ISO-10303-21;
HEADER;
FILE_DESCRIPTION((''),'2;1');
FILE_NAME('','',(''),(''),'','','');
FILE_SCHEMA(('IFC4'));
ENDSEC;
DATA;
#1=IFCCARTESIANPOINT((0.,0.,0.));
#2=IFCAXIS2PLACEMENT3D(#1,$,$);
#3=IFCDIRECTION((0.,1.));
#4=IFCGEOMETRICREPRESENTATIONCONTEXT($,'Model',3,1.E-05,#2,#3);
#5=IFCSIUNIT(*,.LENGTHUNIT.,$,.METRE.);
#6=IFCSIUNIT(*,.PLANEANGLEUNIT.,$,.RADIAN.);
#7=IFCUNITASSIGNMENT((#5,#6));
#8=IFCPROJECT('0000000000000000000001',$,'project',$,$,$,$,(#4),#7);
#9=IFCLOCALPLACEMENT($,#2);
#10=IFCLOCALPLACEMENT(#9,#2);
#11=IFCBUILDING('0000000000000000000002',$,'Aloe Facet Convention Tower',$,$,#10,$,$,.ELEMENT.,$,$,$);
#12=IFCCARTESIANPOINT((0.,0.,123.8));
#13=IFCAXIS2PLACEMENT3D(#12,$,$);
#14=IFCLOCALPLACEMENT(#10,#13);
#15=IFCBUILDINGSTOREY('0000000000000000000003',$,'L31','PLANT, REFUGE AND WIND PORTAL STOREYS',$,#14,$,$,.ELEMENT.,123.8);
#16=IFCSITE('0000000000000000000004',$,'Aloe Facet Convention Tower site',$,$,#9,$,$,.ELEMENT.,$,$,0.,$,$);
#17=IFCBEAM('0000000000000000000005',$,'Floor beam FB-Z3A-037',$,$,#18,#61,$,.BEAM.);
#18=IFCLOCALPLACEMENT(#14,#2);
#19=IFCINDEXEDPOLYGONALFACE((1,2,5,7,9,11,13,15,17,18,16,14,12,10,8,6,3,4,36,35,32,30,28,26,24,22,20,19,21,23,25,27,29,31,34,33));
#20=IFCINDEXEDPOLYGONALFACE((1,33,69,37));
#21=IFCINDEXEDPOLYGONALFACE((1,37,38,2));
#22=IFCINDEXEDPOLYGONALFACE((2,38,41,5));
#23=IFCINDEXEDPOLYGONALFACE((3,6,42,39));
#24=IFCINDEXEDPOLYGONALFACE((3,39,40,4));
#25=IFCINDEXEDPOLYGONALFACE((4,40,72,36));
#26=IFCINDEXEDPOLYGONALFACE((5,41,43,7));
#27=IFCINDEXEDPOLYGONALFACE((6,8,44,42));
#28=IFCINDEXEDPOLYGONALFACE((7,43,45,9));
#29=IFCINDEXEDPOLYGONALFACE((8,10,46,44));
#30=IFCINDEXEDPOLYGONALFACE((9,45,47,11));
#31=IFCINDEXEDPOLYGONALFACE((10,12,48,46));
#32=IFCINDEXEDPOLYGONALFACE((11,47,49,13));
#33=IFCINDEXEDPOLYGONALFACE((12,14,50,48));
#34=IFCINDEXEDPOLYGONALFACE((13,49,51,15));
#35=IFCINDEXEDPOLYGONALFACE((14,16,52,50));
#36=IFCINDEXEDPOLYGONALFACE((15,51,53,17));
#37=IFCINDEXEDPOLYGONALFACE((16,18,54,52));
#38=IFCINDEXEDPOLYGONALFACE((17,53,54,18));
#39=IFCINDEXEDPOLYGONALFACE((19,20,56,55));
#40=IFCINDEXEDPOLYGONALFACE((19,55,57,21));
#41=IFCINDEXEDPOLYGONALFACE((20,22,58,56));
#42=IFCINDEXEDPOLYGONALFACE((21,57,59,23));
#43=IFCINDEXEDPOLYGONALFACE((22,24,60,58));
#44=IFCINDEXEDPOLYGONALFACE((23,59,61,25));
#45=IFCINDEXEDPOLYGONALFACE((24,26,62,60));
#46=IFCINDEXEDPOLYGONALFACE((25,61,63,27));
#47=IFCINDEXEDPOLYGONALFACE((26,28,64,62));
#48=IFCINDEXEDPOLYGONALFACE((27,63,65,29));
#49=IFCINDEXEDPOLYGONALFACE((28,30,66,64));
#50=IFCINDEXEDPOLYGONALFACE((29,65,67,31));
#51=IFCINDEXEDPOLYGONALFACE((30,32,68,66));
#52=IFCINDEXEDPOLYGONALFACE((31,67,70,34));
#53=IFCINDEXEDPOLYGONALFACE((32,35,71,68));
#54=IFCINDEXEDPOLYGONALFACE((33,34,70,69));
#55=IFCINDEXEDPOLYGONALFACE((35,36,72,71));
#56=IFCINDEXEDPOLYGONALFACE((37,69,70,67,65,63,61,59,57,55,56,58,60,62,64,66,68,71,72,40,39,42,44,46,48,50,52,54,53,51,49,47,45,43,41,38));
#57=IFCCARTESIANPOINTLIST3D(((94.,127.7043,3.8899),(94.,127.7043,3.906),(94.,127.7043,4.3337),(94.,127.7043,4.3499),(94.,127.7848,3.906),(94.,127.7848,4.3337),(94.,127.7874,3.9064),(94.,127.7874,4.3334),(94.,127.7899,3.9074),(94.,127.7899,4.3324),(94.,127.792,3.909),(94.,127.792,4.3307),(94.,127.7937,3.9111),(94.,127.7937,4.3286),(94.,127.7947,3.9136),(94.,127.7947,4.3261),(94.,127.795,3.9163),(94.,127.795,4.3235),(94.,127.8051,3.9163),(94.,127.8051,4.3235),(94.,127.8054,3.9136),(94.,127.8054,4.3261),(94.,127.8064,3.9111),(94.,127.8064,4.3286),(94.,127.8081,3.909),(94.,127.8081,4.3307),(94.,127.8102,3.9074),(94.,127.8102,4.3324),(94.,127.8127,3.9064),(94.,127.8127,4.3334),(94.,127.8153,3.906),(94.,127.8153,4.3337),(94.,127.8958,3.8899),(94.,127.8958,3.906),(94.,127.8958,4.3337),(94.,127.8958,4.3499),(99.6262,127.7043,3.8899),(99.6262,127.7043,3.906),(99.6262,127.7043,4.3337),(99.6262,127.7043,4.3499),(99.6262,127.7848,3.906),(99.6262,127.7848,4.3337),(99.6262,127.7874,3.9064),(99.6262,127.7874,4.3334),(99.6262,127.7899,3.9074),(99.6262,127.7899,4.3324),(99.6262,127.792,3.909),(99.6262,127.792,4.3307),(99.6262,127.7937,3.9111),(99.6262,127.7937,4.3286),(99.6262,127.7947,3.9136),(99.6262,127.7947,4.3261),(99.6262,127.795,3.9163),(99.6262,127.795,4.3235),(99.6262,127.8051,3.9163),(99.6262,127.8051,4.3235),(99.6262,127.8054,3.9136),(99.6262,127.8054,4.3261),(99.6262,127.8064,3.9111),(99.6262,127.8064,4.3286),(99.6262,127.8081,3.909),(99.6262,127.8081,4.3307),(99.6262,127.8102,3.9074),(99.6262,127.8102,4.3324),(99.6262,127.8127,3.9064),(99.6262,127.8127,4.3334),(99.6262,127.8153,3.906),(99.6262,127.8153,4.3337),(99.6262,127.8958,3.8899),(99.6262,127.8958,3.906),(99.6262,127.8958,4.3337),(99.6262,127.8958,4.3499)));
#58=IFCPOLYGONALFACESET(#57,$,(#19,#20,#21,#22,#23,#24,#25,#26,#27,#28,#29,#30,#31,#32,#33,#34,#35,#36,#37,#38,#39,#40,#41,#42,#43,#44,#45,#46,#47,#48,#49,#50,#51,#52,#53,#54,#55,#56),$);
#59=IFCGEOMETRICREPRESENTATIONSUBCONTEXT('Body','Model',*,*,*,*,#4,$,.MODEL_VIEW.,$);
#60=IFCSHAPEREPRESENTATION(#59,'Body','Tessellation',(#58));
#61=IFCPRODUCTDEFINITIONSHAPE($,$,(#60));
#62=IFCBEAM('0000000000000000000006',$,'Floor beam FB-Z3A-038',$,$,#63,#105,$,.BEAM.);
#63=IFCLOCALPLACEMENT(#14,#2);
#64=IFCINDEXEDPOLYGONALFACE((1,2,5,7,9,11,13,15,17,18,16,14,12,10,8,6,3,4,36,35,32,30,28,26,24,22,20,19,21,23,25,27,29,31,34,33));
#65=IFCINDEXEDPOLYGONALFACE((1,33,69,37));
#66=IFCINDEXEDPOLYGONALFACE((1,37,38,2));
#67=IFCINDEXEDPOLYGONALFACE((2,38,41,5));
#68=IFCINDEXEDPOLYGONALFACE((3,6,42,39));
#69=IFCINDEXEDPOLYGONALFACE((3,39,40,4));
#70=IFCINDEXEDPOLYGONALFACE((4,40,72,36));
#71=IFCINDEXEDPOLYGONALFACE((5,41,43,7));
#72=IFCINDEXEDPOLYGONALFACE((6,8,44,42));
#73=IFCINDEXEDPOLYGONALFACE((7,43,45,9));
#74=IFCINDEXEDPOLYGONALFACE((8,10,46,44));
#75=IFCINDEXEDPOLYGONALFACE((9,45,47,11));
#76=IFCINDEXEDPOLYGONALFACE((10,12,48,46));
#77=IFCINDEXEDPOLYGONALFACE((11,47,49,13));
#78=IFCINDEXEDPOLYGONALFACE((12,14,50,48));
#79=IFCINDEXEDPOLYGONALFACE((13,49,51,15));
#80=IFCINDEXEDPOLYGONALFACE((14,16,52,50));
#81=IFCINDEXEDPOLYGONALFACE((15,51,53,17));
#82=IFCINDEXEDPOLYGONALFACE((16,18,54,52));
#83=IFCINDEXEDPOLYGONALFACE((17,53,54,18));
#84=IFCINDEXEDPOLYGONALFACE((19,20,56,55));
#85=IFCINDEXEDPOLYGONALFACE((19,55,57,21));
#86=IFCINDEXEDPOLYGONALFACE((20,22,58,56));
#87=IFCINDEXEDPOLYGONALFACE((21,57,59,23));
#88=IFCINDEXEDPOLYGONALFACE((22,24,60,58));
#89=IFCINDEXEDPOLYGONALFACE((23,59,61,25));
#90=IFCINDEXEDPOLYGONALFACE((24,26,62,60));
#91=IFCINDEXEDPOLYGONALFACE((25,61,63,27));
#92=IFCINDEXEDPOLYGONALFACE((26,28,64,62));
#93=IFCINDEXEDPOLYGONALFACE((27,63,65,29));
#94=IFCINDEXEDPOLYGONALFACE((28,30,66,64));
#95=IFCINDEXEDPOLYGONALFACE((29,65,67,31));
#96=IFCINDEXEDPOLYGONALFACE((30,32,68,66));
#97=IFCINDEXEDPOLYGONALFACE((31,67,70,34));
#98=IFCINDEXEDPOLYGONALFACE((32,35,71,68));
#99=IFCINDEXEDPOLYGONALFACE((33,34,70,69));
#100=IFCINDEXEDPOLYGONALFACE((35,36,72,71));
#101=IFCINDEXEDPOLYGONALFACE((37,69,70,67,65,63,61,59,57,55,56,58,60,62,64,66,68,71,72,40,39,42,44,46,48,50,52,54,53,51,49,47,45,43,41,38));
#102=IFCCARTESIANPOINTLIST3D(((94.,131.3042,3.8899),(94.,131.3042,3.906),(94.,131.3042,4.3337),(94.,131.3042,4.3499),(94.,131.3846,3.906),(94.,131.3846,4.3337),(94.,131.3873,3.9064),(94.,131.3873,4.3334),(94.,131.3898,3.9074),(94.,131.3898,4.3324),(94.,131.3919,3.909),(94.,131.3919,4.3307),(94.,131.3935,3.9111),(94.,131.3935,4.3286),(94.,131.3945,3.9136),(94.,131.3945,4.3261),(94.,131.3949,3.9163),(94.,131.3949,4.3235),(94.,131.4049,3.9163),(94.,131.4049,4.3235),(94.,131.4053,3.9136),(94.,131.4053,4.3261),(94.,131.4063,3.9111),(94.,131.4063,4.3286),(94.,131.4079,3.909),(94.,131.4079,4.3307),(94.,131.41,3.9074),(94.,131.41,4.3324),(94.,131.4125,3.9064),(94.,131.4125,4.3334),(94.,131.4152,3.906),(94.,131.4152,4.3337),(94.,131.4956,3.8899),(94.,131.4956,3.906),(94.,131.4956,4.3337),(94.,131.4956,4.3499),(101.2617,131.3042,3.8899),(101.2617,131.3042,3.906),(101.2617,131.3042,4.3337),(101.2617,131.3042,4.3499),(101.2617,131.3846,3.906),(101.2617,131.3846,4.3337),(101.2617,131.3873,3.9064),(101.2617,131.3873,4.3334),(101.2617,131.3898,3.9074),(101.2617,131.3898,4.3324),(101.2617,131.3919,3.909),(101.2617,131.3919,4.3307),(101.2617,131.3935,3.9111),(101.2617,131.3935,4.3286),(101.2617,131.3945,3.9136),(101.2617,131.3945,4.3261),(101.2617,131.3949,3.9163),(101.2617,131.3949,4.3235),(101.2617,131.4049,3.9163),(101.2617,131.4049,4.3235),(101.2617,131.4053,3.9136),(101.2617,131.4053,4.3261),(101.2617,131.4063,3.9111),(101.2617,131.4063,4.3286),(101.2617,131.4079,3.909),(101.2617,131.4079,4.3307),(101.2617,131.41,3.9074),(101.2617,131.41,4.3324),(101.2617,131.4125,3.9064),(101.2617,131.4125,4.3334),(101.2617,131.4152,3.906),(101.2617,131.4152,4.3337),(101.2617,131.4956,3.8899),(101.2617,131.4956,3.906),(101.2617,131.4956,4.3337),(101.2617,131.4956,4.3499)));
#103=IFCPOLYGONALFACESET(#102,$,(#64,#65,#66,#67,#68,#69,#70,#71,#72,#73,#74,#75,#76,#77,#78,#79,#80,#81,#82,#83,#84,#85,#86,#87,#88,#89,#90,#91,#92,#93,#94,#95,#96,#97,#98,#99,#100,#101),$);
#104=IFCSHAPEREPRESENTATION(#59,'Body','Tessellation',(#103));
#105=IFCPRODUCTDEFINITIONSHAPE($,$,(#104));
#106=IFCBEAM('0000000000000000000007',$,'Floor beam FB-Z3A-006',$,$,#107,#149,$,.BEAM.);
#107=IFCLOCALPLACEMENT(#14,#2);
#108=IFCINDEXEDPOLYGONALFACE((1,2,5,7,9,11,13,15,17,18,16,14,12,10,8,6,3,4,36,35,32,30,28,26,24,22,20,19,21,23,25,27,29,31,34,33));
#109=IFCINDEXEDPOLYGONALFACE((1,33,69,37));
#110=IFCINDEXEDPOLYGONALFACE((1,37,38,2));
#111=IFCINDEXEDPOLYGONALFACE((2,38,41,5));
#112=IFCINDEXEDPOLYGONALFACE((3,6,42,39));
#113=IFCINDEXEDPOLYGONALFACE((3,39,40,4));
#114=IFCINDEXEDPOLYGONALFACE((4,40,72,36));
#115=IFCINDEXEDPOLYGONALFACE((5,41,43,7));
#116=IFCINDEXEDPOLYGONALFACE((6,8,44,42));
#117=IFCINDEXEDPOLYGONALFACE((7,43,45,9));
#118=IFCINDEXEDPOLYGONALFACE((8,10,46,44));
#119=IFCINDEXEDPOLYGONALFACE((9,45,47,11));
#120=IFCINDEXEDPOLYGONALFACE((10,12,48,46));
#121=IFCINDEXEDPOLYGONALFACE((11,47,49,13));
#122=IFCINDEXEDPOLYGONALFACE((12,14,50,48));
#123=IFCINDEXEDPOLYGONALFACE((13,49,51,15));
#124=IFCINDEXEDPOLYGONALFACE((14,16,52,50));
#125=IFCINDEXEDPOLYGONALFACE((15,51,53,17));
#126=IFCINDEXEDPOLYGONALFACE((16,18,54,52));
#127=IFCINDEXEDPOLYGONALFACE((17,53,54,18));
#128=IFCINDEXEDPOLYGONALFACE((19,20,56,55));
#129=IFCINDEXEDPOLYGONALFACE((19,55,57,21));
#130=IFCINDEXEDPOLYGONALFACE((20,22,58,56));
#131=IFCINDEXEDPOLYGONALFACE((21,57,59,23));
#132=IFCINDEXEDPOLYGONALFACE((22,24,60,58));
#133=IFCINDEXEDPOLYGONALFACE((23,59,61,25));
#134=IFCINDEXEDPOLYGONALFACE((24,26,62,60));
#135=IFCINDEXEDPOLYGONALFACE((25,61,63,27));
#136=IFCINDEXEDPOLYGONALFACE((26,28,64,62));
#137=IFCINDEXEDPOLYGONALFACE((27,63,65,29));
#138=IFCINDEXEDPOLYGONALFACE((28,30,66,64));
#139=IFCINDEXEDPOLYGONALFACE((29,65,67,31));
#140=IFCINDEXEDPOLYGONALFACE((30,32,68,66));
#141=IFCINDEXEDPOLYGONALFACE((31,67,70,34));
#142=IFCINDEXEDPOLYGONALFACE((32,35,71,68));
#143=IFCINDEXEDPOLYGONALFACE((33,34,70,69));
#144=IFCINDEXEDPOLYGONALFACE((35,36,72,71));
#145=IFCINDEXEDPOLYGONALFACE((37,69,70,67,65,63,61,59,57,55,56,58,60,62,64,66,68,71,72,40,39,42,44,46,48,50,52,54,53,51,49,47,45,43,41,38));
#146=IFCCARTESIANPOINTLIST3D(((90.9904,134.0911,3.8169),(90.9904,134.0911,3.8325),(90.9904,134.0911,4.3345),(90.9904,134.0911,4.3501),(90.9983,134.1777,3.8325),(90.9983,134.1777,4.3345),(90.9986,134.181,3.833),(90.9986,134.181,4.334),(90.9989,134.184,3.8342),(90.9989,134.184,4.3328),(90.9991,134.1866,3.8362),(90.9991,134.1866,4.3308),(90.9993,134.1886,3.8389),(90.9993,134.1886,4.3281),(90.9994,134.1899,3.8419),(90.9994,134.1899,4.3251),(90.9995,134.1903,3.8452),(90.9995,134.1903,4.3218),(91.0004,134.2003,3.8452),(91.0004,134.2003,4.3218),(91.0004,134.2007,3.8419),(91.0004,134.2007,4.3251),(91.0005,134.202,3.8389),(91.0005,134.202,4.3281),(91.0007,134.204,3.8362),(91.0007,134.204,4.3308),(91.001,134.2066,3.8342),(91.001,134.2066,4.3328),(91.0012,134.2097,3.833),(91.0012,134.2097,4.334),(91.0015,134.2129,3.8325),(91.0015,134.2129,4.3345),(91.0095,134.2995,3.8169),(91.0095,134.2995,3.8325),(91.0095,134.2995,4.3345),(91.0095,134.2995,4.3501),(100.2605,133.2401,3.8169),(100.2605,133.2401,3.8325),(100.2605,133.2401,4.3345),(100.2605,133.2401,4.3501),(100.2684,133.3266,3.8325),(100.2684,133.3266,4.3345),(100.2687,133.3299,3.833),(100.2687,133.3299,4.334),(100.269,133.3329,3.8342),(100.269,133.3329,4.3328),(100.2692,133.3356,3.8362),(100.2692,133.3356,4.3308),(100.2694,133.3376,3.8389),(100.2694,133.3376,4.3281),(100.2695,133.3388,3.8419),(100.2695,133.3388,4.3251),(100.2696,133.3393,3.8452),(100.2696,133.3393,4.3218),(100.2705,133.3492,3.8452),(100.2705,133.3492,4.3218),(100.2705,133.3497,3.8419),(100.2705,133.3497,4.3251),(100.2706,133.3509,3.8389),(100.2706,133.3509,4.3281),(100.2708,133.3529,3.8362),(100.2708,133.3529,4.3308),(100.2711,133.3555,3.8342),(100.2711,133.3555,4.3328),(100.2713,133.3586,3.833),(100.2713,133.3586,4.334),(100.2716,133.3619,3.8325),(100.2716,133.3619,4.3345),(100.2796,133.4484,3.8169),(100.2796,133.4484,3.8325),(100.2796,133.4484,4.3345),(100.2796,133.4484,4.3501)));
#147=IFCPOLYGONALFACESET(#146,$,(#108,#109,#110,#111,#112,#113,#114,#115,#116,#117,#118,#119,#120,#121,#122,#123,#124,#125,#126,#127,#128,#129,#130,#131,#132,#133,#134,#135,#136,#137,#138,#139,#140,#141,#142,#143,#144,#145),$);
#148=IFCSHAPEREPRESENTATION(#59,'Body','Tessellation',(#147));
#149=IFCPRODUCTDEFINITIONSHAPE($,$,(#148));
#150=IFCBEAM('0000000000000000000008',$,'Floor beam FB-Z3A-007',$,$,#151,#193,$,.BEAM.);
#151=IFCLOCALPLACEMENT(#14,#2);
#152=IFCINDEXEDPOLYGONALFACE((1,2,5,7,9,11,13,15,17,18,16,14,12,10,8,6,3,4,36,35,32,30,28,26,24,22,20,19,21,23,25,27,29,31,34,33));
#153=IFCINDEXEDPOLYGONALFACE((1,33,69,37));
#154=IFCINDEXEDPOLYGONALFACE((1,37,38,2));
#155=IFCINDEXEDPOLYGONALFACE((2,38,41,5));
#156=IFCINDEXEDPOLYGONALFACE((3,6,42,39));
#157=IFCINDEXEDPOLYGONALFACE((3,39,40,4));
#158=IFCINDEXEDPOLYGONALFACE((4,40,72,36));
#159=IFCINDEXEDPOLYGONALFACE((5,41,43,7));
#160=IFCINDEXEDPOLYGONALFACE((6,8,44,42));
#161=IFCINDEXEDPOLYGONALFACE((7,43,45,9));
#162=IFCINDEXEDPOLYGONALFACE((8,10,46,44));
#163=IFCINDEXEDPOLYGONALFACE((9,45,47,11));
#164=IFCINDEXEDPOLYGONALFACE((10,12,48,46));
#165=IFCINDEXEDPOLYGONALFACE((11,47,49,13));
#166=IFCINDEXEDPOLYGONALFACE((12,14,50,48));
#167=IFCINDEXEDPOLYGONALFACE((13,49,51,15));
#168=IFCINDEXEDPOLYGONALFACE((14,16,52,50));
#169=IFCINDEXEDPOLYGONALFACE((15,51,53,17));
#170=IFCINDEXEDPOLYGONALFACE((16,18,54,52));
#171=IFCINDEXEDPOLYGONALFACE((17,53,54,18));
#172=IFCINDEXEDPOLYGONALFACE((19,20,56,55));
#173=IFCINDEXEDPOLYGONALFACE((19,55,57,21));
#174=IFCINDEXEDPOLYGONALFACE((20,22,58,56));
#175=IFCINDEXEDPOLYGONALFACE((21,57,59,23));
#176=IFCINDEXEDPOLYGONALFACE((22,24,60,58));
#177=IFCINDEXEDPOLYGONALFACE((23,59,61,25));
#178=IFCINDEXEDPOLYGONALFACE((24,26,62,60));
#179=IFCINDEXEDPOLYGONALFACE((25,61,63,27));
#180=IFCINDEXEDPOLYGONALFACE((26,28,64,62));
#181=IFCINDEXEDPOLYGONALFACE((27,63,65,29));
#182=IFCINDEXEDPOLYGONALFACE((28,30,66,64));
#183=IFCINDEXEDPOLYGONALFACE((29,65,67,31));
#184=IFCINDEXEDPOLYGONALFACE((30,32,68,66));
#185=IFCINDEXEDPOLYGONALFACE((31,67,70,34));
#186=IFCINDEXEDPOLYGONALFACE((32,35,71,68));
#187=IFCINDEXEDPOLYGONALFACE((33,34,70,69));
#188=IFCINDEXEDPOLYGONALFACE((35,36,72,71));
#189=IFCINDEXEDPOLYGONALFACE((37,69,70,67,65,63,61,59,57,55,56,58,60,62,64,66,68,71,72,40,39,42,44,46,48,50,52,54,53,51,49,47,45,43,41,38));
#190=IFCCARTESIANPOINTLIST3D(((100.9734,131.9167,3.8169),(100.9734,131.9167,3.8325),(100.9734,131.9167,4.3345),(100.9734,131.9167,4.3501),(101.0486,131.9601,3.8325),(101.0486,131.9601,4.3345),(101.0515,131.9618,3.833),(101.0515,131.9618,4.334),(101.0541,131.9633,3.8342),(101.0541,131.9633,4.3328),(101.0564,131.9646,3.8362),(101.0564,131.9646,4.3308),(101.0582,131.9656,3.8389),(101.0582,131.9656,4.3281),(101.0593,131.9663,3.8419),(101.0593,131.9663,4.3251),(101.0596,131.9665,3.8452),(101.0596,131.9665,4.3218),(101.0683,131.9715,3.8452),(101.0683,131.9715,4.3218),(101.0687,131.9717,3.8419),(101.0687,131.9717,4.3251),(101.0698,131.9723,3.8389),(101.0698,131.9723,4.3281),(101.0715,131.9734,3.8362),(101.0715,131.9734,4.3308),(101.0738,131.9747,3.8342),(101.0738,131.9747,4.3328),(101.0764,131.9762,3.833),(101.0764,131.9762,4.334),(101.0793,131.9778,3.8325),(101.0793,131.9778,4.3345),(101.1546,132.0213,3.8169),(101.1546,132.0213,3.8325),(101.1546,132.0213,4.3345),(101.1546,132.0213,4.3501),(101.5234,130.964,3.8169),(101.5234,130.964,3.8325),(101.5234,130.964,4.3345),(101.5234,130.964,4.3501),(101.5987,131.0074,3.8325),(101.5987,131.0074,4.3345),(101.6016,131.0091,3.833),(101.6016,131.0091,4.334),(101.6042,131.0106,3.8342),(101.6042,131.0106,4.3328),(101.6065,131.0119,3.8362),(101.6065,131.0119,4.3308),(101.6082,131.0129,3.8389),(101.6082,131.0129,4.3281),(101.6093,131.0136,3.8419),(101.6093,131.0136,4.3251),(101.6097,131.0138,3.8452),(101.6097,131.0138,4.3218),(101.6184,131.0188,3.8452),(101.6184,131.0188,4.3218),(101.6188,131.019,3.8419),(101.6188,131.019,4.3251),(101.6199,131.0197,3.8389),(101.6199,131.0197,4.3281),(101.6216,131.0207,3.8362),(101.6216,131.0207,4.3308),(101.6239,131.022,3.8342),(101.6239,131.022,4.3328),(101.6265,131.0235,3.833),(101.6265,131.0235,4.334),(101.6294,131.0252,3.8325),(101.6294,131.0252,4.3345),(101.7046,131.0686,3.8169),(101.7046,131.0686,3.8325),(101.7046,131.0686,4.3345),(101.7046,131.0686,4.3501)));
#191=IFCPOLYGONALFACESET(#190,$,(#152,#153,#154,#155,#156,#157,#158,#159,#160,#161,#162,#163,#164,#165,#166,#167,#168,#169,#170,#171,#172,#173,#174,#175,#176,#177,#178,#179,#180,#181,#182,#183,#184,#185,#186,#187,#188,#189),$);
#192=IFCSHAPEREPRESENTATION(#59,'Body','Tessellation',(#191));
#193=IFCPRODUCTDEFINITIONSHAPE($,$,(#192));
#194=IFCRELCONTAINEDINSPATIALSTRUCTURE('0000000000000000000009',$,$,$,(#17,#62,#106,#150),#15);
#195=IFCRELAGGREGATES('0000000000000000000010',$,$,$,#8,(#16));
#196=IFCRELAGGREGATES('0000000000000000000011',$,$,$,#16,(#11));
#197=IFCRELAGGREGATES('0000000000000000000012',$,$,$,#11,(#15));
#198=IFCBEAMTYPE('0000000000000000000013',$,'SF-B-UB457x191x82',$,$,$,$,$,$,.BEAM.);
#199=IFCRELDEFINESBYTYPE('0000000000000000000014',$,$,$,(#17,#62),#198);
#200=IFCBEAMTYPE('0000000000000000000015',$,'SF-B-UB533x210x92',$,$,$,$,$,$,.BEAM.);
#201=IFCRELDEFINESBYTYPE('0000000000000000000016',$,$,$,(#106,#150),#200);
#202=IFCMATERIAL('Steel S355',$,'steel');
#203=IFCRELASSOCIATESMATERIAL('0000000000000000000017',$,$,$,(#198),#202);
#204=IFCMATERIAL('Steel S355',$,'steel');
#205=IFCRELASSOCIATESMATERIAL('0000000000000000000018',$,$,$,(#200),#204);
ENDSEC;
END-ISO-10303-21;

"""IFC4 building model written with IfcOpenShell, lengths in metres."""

from ifc_helpers import new_model, si_unit, direction, frame, origin, origin_2d, place, context, subcontext, project, spatial, i_section, extrude, material, material_profile, profile_set, type_object, element, save


model = new_model("IFC4")

# Units and contexts
model_context = context("Model", 3, precision=1e-05, world=origin(), true_north=direction((0.0, 1.0)))
body_context = subcontext(model_context, "Body", "Model", "MODEL_VIEW")
ifc_project = project(units=[si_unit("LENGTHUNIT", "METRE"), si_unit("PLANEANGLEUNIT", "RADIAN")], contexts=[model_context])

# Site, building, storey
site_placement = place(None, origin())
site = spatial("IfcSite", under=ifc_project, at=site_placement, Name="Aloe Facet Convention Tower site", CompositionType="ELEMENT", RefElevation=0.0)
building_placement = place(site_placement, origin())
building = spatial("IfcBuilding", under=site, at=building_placement, Name="Aloe Facet Convention Tower", CompositionType="ELEMENT")
storey_placement = place(building_placement, frame((0.0, 0.0, 123.8)))
storey = spatial("IfcBuildingStorey", under=building, at=storey_placement, Name="L31", Description="PLANT, REFUGE AND WIND PORTAL STOREYS", CompositionType="ELEMENT", Elevation=123.8)

# Beams
ifc_material_1 = material(Name="Steel S355", Category="steel")
ifc_material_profile_1 = material_profile(ifc_material_1, i_section(OverallWidth=0.1914, OverallDepth=0.46, WebThickness=0.01, FlangeThickness=0.0161, FilletRadius=0.0103, at=origin_2d()), Name="UB 457x191x82")
ifc_profile_set_1 = profile_set([ifc_material_profile_1], Name="Steel S355")
beam_type_1 = type_object("IfcBeamType", Name="SF-B-UB457x191x82", PredefinedType="BEAM", material=ifc_profile_set_1)
beam_1_placement = place(storey_placement, frame((94.0, 127.8, 4.1199), z_axis=(1.0, 0.0, 0.0), x_axis=(0.0, 1.0, 0.0)))
element("IfcBeam", 1, at=beam_1_placement, inside=storey, type_object=beam_type_1, Name="Floor beam FB-Z3A-037", PredefinedType="BEAM", context=body_context, shape_type="SweptSolid", body=[
    extrude(i_section(OverallWidth=0.1914, OverallDepth=0.46, WebThickness=0.01, FlangeThickness=0.0161, FilletRadius=0.0103, at=origin_2d()), origin(), (0.0, 0.0, 1.0), 5.6262),
])
beam_2_placement = place(storey_placement, frame((94.0, 131.3999, 4.1199), z_axis=(1.0, 0.0, 0.0), x_axis=(0.0, 1.0, 0.0)))
element("IfcBeam", 2, at=beam_2_placement, inside=storey, type_object=beam_type_1, Name="Floor beam FB-Z3A-038", PredefinedType="BEAM", context=body_context, shape_type="SweptSolid", body=[
    extrude(i_section(OverallWidth=0.1914, OverallDepth=0.46, WebThickness=0.01, FlangeThickness=0.0161, FilletRadius=0.0103, at=origin_2d()), origin(), (0.0, 0.0, 1.0), 7.2617),
])
ifc_material_2 = material(Name="Steel S355", Category="steel")
ifc_material_profile_2 = material_profile(ifc_material_2, i_section(OverallWidth=0.2092, OverallDepth=0.5332, WebThickness=0.01, FlangeThickness=0.0156, FilletRadius=0.0127, at=origin_2d()), Name="UB 533x210x92")
ifc_profile_set_2 = profile_set([ifc_material_profile_2], Name="Steel S355")
beam_type_2 = type_object("IfcBeamType", Name="SF-B-UB533x210x92", PredefinedType="BEAM", material=ifc_profile_set_2)
beam_3_placement = place(storey_placement, frame((100.27, 133.3442, 4.0835), z_axis=(-0.995812, 0.091425, 0.0), x_axis=(-0.091425, -0.995812, 0.0)))
element("IfcBeam", 3, at=beam_3_placement, inside=storey, type_object=beam_type_2, Name="Floor beam FB-Z3A-006", PredefinedType="BEAM", context=body_context, shape_type="SweptSolid", body=[
    extrude(i_section(OverallWidth=0.2092, OverallDepth=0.5332, WebThickness=0.01, FlangeThickness=0.0156, FilletRadius=0.0127, at=origin_2d()), origin(), (0.0, 0.0, 1.0), 9.3091),
])
beam_4_placement = place(storey_placement, frame((101.064, 131.969, 4.0835), z_axis=(0.50003, -0.866008, 0.0), x_axis=(0.866008, 0.50003, 0.0)))
element("IfcBeam", 4, at=beam_4_placement, inside=storey, type_object=beam_type_2, Name="Floor beam FB-Z3A-007", PredefinedType="BEAM", context=body_context, shape_type="SweptSolid", body=[
    extrude(i_section(OverallWidth=0.2092, OverallDepth=0.5332, WebThickness=0.01, FlangeThickness=0.0156, FilletRadius=0.0127, at=origin_2d()), origin(), (0.0, 0.0, 1.0), 1.1001),
])

save(model, "model.ifc")
